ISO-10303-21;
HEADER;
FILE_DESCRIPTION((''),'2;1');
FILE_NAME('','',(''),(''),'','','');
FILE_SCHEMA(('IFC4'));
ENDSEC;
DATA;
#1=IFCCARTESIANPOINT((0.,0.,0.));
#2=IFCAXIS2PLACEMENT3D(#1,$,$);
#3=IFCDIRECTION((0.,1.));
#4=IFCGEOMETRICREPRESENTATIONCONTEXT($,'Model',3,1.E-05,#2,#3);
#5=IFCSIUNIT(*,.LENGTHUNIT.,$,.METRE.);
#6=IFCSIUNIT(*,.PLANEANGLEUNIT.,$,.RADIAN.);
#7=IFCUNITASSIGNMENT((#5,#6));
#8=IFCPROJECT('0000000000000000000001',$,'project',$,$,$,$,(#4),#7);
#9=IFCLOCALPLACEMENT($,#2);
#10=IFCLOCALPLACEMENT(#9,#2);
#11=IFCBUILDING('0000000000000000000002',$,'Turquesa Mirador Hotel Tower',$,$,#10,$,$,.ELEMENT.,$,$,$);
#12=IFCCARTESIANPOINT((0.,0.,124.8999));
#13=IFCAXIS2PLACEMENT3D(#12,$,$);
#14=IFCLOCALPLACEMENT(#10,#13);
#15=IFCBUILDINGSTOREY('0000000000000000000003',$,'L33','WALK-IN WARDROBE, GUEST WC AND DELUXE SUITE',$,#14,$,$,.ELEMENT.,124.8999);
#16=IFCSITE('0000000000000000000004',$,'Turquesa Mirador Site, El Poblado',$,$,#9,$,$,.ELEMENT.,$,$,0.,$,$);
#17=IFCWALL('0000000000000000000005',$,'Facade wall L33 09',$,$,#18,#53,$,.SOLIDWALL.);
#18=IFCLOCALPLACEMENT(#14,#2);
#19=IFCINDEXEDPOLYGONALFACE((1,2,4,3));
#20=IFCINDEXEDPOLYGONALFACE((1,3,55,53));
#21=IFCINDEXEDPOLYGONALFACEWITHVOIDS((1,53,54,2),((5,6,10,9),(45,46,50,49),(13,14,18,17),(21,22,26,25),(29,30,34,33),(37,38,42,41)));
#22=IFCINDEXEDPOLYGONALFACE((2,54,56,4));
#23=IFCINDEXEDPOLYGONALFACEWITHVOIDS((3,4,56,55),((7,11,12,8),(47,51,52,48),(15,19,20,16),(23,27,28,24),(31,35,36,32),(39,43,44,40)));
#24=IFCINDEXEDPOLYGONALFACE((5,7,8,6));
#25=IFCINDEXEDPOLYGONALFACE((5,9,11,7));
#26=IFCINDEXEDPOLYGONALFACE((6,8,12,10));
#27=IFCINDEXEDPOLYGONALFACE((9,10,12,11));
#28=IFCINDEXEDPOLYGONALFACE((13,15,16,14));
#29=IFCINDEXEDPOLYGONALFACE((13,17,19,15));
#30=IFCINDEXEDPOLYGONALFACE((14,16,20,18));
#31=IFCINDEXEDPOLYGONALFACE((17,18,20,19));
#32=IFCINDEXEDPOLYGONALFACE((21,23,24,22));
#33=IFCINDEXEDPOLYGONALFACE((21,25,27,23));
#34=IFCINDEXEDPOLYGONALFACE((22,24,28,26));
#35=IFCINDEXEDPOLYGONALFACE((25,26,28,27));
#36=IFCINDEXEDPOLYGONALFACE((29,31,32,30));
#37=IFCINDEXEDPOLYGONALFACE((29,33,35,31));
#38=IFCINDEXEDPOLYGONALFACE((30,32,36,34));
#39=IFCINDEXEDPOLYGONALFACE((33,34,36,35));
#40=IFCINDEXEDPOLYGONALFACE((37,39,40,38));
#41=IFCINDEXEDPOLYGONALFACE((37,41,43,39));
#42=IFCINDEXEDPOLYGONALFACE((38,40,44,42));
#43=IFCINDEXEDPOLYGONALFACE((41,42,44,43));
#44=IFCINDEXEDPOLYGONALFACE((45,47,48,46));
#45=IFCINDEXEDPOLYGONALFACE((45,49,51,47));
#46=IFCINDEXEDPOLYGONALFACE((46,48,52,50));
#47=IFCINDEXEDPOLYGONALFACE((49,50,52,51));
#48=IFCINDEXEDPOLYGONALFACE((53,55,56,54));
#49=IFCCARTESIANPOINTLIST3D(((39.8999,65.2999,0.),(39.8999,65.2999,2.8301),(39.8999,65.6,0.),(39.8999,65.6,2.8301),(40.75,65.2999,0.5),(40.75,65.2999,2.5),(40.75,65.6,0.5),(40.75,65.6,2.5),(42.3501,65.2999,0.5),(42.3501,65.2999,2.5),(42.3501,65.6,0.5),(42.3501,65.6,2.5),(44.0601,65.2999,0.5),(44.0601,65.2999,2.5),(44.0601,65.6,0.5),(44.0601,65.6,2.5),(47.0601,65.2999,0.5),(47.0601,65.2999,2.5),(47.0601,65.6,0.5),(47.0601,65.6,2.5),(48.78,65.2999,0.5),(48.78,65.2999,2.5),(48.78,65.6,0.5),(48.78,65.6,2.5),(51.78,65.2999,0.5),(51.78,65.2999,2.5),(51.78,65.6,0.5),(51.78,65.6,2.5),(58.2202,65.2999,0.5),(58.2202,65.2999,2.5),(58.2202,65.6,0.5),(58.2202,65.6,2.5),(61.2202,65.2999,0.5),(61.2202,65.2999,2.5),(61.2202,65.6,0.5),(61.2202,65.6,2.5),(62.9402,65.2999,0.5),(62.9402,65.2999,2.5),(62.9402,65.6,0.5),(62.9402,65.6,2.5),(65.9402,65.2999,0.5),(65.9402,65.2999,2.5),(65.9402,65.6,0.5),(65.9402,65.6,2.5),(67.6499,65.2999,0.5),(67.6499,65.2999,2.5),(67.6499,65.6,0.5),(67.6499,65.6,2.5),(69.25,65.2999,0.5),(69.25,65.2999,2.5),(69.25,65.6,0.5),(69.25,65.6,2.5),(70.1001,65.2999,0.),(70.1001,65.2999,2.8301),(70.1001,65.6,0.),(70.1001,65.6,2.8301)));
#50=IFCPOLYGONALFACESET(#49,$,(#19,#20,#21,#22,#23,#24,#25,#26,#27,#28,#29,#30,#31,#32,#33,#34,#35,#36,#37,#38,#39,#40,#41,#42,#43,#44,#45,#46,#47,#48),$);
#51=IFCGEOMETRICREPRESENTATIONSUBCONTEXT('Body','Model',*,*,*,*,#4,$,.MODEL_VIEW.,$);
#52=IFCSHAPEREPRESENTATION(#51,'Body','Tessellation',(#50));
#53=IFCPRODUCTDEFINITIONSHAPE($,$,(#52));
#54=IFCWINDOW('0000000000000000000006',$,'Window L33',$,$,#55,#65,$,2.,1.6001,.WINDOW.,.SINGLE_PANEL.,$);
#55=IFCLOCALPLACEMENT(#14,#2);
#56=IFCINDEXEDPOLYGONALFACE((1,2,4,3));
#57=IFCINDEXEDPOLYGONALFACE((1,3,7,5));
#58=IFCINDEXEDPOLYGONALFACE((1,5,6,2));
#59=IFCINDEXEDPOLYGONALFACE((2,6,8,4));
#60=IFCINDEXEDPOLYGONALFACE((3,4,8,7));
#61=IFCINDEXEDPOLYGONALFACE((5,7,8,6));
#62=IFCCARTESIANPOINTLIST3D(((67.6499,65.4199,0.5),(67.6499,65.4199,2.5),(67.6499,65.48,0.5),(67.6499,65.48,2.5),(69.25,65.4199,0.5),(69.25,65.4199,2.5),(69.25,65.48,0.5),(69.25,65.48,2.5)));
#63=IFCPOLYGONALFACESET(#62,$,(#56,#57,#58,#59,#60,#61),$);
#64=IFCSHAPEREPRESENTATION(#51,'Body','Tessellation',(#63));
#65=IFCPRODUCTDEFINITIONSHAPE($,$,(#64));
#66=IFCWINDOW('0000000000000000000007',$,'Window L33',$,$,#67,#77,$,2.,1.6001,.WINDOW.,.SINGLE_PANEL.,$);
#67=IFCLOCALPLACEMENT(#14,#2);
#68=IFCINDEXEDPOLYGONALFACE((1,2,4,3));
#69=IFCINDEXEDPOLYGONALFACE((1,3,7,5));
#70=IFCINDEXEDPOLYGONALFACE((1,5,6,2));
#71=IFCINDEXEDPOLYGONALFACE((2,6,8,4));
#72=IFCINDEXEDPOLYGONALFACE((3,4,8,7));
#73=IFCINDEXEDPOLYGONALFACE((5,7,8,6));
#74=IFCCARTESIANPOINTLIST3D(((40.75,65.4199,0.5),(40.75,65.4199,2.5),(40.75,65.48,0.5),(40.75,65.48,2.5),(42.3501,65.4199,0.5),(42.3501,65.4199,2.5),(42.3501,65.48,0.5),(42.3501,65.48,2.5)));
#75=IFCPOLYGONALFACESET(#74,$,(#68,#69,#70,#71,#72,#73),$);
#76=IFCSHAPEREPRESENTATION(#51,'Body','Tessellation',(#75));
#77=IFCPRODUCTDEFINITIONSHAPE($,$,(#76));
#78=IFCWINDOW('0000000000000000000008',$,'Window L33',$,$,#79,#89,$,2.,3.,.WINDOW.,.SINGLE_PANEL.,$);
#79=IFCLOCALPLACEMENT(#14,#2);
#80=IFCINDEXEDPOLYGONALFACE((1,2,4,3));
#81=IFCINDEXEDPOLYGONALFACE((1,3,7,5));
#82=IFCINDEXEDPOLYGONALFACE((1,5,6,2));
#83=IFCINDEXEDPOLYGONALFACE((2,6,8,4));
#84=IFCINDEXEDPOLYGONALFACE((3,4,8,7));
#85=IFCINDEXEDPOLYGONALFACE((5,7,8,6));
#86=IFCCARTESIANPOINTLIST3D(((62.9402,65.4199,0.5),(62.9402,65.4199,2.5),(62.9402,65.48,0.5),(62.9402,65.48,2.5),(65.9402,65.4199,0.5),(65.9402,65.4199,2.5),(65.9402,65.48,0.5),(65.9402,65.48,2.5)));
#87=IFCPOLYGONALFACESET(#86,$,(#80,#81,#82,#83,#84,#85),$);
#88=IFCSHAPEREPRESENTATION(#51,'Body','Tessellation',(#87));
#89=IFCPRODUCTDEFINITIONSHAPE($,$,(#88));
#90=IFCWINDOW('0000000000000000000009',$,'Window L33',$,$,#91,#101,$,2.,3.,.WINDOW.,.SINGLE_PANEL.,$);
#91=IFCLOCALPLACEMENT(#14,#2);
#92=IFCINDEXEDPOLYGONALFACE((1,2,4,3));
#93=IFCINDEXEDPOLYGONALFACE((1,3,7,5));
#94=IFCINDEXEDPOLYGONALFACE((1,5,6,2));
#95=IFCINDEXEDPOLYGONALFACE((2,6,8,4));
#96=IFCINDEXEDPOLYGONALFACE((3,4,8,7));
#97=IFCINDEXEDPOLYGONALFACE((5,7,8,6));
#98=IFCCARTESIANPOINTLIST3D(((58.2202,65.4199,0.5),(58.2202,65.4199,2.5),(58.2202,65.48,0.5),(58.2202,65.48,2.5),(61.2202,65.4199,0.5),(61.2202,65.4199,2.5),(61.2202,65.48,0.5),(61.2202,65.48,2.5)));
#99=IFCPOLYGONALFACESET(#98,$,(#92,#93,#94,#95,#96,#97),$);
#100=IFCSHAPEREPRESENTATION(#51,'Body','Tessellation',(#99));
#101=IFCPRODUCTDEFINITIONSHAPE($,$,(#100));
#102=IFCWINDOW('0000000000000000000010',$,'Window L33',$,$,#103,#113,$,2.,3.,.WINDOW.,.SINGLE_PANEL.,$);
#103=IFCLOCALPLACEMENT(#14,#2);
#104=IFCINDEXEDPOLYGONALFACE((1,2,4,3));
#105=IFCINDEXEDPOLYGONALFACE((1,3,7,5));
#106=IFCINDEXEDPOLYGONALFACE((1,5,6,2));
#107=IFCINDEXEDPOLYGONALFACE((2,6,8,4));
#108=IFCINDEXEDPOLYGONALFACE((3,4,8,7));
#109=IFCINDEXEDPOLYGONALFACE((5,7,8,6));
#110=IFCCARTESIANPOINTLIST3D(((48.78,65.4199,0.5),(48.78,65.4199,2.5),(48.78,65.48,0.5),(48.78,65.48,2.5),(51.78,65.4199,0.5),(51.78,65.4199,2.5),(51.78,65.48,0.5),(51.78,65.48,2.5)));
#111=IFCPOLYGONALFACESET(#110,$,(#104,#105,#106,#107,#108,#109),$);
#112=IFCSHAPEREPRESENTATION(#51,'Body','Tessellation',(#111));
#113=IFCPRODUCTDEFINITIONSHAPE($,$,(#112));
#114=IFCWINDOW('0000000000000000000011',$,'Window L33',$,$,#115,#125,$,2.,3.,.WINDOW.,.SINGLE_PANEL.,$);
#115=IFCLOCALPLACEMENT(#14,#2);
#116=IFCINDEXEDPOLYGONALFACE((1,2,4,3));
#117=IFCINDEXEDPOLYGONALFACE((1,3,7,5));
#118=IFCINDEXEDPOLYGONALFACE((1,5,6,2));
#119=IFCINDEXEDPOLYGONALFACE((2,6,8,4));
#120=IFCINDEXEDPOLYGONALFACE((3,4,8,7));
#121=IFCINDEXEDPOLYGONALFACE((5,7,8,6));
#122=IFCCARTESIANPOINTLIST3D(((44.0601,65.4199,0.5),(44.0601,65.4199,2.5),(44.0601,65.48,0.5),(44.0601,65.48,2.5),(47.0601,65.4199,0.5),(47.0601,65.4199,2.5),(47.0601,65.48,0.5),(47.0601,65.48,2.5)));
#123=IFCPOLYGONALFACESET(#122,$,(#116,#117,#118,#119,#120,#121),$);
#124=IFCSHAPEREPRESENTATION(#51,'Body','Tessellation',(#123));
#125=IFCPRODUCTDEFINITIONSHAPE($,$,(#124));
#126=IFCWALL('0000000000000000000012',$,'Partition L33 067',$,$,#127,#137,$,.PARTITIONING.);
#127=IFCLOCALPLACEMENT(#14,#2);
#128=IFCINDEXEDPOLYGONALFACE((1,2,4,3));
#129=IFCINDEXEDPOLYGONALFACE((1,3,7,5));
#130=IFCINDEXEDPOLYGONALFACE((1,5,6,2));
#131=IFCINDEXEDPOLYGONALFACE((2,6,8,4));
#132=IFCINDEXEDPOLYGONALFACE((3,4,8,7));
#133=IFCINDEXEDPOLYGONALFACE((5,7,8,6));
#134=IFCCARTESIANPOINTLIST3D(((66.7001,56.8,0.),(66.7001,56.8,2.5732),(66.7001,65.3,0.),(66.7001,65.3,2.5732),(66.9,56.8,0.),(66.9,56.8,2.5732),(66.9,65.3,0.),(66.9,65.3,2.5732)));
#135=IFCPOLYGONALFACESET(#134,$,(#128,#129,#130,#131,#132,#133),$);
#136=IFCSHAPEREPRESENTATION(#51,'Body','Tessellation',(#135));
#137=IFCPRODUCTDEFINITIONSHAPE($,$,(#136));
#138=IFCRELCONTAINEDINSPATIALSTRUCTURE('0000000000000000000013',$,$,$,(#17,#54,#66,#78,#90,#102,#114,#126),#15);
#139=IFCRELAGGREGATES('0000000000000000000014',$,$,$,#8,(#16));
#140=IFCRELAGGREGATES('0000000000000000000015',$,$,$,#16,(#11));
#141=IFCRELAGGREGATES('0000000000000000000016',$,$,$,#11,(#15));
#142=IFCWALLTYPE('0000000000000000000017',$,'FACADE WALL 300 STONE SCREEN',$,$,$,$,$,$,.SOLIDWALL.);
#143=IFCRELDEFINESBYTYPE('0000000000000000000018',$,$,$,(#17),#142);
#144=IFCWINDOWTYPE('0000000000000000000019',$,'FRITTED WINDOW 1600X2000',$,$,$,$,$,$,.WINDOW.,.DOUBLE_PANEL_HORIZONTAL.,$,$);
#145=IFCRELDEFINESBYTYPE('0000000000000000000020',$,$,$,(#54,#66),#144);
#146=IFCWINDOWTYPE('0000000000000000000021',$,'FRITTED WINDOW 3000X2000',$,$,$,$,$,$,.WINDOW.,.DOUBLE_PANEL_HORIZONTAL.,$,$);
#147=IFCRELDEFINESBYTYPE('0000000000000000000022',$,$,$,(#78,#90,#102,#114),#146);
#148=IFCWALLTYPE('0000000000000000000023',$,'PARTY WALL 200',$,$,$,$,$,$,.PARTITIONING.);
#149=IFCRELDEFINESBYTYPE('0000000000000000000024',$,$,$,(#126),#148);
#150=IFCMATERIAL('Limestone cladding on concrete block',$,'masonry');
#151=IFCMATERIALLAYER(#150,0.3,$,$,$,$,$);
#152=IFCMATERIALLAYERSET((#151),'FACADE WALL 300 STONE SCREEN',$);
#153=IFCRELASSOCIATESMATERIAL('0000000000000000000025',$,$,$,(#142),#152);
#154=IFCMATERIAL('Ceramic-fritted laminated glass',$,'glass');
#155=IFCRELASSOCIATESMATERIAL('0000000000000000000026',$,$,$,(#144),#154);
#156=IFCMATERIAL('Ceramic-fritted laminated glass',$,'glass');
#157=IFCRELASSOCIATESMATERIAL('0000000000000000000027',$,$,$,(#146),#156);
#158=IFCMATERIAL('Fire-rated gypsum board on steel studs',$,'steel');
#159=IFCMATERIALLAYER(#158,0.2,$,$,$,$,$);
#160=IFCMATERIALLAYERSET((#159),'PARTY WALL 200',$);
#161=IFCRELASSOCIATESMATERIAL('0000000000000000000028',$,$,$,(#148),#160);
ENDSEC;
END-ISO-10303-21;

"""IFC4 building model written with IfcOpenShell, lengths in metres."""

from ifc_helpers import new_model, si_unit, direction, frame, frame_2d, origin, place, context, subcontext, project, spatial, rectangle, extrude, material, layer, layer_set, type_object, element, fill, save


model = new_model("IFC4")

# Units and contexts
model_context = context("Model", 3, precision=1e-05, world=origin(), true_north=direction((0.0, 1.0)))
body_context = subcontext(model_context, "Body", "Model", "MODEL_VIEW")
ifc_project = project(units=[si_unit("LENGTHUNIT", "METRE"), si_unit("PLANEANGLEUNIT", "RADIAN")], contexts=[model_context])

# Site, building, storey
site_placement = place(None, origin())
site = spatial("IfcSite", under=ifc_project, at=site_placement, Name="Turquesa Mirador Site, El Poblado", CompositionType="ELEMENT", RefElevation=0.0)
building_placement = place(site_placement, origin())
building = spatial("IfcBuilding", under=site, at=building_placement, Name="Turquesa Mirador Hotel Tower", CompositionType="ELEMENT")
storey_placement = place(building_placement, frame((0.0, 0.0, 124.8999)))
storey = spatial("IfcBuildingStorey", under=building, at=storey_placement, Name="L33", Description="WALK-IN WARDROBE, GUEST WC AND DELUXE SUITE", CompositionType="ELEMENT", Elevation=124.8999)

# Wall, openings, windows
ifc_material_1 = material(Name="Limestone cladding on concrete block", Category="masonry")
ifc_layer_1 = layer(ifc_material_1, 0.3)
ifc_layer_set_1 = layer_set([ifc_layer_1], Name="FACADE WALL 300 STONE SCREEN")
wall_type_1 = type_object("IfcWallType", Name="FACADE WALL 300 STONE SCREEN", PredefinedType="SOLIDWALL", material=ifc_layer_set_1)
wall_1_placement = place(storey_placement, frame((70.1001, 65.45, 0.0), z_axis=(0.0, 0.0, 1.0), x_axis=(-1.0, 0.0, 0.0)))
wall_1 = element("IfcWall", 1, at=wall_1_placement, inside=storey, type_object=wall_type_1, Name="Facade wall L33 09", PredefinedType="SOLIDWALL", context=body_context, shape_type="SweptSolid", body=[
    extrude(rectangle(XDim=30.2002, YDim=0.3, at=frame_2d((15.1001, 0.0))), origin(), (0.0, 0.0, 1.0), 2.8301),
])
opening_1_placement = place(wall_1_placement, frame((0.8501, 0.0, 0.5)))
opening_1 = element("IfcOpeningElement", 2, at=opening_1_placement, cuts=wall_1, PredefinedType="OPENING", context=body_context, shape_type="SweptSolid", body=[
    extrude(rectangle(XDim=1.6001, YDim=2.0, at=frame_2d((0.8, 1.0))), frame((0.0, 0.1599, 0.0), z_axis=(0.0, -1.0, 0.0), x_axis=(1.0, 0.0, 0.0)), (0.0, 0.0, 1.0), 0.3201),
])
opening_2_placement = place(wall_1_placement, frame((4.1599, 0.0, 0.5)))
opening_2 = element("IfcOpeningElement", 3, at=opening_2_placement, cuts=wall_1, PredefinedType="OPENING", context=body_context, shape_type="SweptSolid", body=[
    extrude(rectangle(XDim=3.0, YDim=2.0, at=frame_2d((1.5, 1.0))), frame((0.0, 0.1599, 0.0), z_axis=(0.0, -1.0, 0.0), x_axis=(1.0, 0.0, 0.0)), (0.0, 0.0, 1.0), 0.3201),
])
opening_3_placement = place(wall_1_placement, frame((8.8799, 0.0, 0.5)))
opening_3 = element("IfcOpeningElement", 4, at=opening_3_placement, cuts=wall_1, PredefinedType="OPENING", context=body_context, shape_type="SweptSolid", body=[
    extrude(rectangle(XDim=3.0, YDim=2.0, at=frame_2d((1.5, 1.0))), frame((0.0, 0.1599, 0.0), z_axis=(0.0, -1.0, 0.0), x_axis=(1.0, 0.0, 0.0)), (0.0, 0.0, 1.0), 0.3201),
])
opening_4_placement = place(wall_1_placement, frame((18.3201, 0.0, 0.5)))
opening_4 = element("IfcOpeningElement", 5, at=opening_4_placement, cuts=wall_1, PredefinedType="OPENING", context=body_context, shape_type="SweptSolid", body=[
    extrude(rectangle(XDim=3.0, YDim=2.0, at=frame_2d((1.5, 1.0))), frame((0.0, 0.1599, 0.0), z_axis=(0.0, -1.0, 0.0), x_axis=(1.0, 0.0, 0.0)), (0.0, 0.0, 1.0), 0.3201),
])
opening_5_placement = place(wall_1_placement, frame((23.04, 0.0, 0.5)))
opening_5 = element("IfcOpeningElement", 6, at=opening_5_placement, cuts=wall_1, PredefinedType="OPENING", context=body_context, shape_type="SweptSolid", body=[
    extrude(rectangle(XDim=3.0, YDim=2.0, at=frame_2d((1.5, 1.0))), frame((0.0, 0.1599, 0.0), z_axis=(0.0, -1.0, 0.0), x_axis=(1.0, 0.0, 0.0)), (0.0, 0.0, 1.0), 0.3201),
])
opening_6_placement = place(wall_1_placement, frame((27.75, 0.0, 0.5)))
opening_6 = element("IfcOpeningElement", 7, at=opening_6_placement, cuts=wall_1, PredefinedType="OPENING", context=body_context, shape_type="SweptSolid", body=[
    extrude(rectangle(XDim=1.6001, YDim=2.0, at=frame_2d((0.8, 1.0))), frame((0.0, 0.1599, 0.0), z_axis=(0.0, -1.0, 0.0), x_axis=(1.0, 0.0, 0.0)), (0.0, 0.0, 1.0), 0.3201),
])
ifc_material_2 = material(Name="Ceramic-fritted laminated glass", Category="glass")
window_type_1 = type_object("IfcWindowType", Name="FRITTED WINDOW 1600X2000", PartitioningType="DOUBLE_PANEL_HORIZONTAL", PredefinedType="WINDOW", material=ifc_material_2)
window_1_placement = place(opening_1_placement, origin())
window_1 = element("IfcWindow", 8, at=window_1_placement, inside=storey, type_object=window_type_1, Name="Window L33", OverallHeight=2.0, OverallWidth=1.6001, PartitioningType="SINGLE_PANEL", PredefinedType="WINDOW", context=body_context, shape_type="SweptSolid", body=[
    extrude(rectangle(XDim=1.6001, YDim=2.0, at=frame_2d((0.8, 1.0))), frame((0.0, 0.03, 0.0), z_axis=(0.0, -1.0, 0.0), x_axis=(1.0, 0.0, 0.0)), (0.0, 0.0, 1.0), 0.0601),
])
fill(opening_1, window_1)
window_2_placement = place(opening_6_placement, origin())
window_2 = element("IfcWindow", 9, at=window_2_placement, inside=storey, type_object=window_type_1, Name="Window L33", OverallHeight=2.0, OverallWidth=1.6001, PartitioningType="SINGLE_PANEL", PredefinedType="WINDOW", context=body_context, shape_type="SweptSolid", body=[
    extrude(rectangle(XDim=1.6001, YDim=2.0, at=frame_2d((0.8, 1.0))), frame((0.0, 0.03, 0.0), z_axis=(0.0, -1.0, 0.0), x_axis=(1.0, 0.0, 0.0)), (0.0, 0.0, 1.0), 0.0601),
])
fill(opening_6, window_2)
ifc_material_3 = material(Name="Ceramic-fritted laminated glass", Category="glass")
window_type_2 = type_object("IfcWindowType", Name="FRITTED WINDOW 3000X2000", PartitioningType="DOUBLE_PANEL_HORIZONTAL", PredefinedType="WINDOW", material=ifc_material_3)
window_3_placement = place(opening_2_placement, origin())
window_3 = element("IfcWindow", 10, at=window_3_placement, inside=storey, type_object=window_type_2, Name="Window L33", OverallHeight=2.0, OverallWidth=3.0, PartitioningType="SINGLE_PANEL", PredefinedType="WINDOW", context=body_context, shape_type="SweptSolid", body=[
    extrude(rectangle(XDim=3.0, YDim=2.0, at=frame_2d((1.5, 1.0))), frame((0.0, 0.03, 0.0), z_axis=(0.0, -1.0, 0.0), x_axis=(1.0, 0.0, 0.0)), (0.0, 0.0, 1.0), 0.0601),
])
fill(opening_2, window_3)
window_4_placement = place(opening_3_placement, origin())
window_4 = element("IfcWindow", 11, at=window_4_placement, inside=storey, type_object=window_type_2, Name="Window L33", OverallHeight=2.0, OverallWidth=3.0, PartitioningType="SINGLE_PANEL", PredefinedType="WINDOW", context=body_context, shape_type="SweptSolid", body=[
    extrude(rectangle(XDim=3.0, YDim=2.0, at=frame_2d((1.5, 1.0))), frame((0.0, 0.03, 0.0), z_axis=(0.0, -1.0, 0.0), x_axis=(1.0, 0.0, 0.0)), (0.0, 0.0, 1.0), 0.0601),
])
fill(opening_3, window_4)
window_5_placement = place(opening_4_placement, origin())
window_5 = element("IfcWindow", 12, at=window_5_placement, inside=storey, type_object=window_type_2, Name="Window L33", OverallHeight=2.0, OverallWidth=3.0, PartitioningType="SINGLE_PANEL", PredefinedType="WINDOW", context=body_context, shape_type="SweptSolid", body=[
    extrude(rectangle(XDim=3.0, YDim=2.0, at=frame_2d((1.5, 1.0))), frame((0.0, 0.03, 0.0), z_axis=(0.0, -1.0, 0.0), x_axis=(1.0, 0.0, 0.0)), (0.0, 0.0, 1.0), 0.0601),
])
fill(opening_4, window_5)
window_6_placement = place(opening_5_placement, origin())
window_6 = element("IfcWindow", 13, at=window_6_placement, inside=storey, type_object=window_type_2, Name="Window L33", OverallHeight=2.0, OverallWidth=3.0, PartitioningType="SINGLE_PANEL", PredefinedType="WINDOW", context=body_context, shape_type="SweptSolid", body=[
    extrude(rectangle(XDim=3.0, YDim=2.0, at=frame_2d((1.5, 1.0))), frame((0.0, 0.03, 0.0), z_axis=(0.0, -1.0, 0.0), x_axis=(1.0, 0.0, 0.0)), (0.0, 0.0, 1.0), 0.0601),
])
fill(opening_5, window_6)

# Wall
ifc_material_4 = material(Name="Fire-rated gypsum board on steel studs", Category="steel")
ifc_layer_2 = layer(ifc_material_4, 0.2)
ifc_layer_set_2 = layer_set([ifc_layer_2], Name="PARTY WALL 200")
wall_type_2 = type_object("IfcWallType", Name="PARTY WALL 200", PredefinedType="PARTITIONING", material=ifc_layer_set_2)
wall_2_placement = place(storey_placement, frame((66.8, 56.8, 0.0), z_axis=(0.0, 0.0, 1.0), x_axis=(0.0, 1.0, 0.0)))
element("IfcWall", 14, at=wall_2_placement, inside=storey, type_object=wall_type_2, Name="Partition L33 067", PredefinedType="PARTITIONING", context=body_context, shape_type="SweptSolid", body=[
    extrude(rectangle(XDim=8.5, YDim=0.2, at=frame_2d((4.25, 0.0))), origin(), (0.0, 0.0, 1.0), 2.5732),
])

save(model, "model.ifc")
